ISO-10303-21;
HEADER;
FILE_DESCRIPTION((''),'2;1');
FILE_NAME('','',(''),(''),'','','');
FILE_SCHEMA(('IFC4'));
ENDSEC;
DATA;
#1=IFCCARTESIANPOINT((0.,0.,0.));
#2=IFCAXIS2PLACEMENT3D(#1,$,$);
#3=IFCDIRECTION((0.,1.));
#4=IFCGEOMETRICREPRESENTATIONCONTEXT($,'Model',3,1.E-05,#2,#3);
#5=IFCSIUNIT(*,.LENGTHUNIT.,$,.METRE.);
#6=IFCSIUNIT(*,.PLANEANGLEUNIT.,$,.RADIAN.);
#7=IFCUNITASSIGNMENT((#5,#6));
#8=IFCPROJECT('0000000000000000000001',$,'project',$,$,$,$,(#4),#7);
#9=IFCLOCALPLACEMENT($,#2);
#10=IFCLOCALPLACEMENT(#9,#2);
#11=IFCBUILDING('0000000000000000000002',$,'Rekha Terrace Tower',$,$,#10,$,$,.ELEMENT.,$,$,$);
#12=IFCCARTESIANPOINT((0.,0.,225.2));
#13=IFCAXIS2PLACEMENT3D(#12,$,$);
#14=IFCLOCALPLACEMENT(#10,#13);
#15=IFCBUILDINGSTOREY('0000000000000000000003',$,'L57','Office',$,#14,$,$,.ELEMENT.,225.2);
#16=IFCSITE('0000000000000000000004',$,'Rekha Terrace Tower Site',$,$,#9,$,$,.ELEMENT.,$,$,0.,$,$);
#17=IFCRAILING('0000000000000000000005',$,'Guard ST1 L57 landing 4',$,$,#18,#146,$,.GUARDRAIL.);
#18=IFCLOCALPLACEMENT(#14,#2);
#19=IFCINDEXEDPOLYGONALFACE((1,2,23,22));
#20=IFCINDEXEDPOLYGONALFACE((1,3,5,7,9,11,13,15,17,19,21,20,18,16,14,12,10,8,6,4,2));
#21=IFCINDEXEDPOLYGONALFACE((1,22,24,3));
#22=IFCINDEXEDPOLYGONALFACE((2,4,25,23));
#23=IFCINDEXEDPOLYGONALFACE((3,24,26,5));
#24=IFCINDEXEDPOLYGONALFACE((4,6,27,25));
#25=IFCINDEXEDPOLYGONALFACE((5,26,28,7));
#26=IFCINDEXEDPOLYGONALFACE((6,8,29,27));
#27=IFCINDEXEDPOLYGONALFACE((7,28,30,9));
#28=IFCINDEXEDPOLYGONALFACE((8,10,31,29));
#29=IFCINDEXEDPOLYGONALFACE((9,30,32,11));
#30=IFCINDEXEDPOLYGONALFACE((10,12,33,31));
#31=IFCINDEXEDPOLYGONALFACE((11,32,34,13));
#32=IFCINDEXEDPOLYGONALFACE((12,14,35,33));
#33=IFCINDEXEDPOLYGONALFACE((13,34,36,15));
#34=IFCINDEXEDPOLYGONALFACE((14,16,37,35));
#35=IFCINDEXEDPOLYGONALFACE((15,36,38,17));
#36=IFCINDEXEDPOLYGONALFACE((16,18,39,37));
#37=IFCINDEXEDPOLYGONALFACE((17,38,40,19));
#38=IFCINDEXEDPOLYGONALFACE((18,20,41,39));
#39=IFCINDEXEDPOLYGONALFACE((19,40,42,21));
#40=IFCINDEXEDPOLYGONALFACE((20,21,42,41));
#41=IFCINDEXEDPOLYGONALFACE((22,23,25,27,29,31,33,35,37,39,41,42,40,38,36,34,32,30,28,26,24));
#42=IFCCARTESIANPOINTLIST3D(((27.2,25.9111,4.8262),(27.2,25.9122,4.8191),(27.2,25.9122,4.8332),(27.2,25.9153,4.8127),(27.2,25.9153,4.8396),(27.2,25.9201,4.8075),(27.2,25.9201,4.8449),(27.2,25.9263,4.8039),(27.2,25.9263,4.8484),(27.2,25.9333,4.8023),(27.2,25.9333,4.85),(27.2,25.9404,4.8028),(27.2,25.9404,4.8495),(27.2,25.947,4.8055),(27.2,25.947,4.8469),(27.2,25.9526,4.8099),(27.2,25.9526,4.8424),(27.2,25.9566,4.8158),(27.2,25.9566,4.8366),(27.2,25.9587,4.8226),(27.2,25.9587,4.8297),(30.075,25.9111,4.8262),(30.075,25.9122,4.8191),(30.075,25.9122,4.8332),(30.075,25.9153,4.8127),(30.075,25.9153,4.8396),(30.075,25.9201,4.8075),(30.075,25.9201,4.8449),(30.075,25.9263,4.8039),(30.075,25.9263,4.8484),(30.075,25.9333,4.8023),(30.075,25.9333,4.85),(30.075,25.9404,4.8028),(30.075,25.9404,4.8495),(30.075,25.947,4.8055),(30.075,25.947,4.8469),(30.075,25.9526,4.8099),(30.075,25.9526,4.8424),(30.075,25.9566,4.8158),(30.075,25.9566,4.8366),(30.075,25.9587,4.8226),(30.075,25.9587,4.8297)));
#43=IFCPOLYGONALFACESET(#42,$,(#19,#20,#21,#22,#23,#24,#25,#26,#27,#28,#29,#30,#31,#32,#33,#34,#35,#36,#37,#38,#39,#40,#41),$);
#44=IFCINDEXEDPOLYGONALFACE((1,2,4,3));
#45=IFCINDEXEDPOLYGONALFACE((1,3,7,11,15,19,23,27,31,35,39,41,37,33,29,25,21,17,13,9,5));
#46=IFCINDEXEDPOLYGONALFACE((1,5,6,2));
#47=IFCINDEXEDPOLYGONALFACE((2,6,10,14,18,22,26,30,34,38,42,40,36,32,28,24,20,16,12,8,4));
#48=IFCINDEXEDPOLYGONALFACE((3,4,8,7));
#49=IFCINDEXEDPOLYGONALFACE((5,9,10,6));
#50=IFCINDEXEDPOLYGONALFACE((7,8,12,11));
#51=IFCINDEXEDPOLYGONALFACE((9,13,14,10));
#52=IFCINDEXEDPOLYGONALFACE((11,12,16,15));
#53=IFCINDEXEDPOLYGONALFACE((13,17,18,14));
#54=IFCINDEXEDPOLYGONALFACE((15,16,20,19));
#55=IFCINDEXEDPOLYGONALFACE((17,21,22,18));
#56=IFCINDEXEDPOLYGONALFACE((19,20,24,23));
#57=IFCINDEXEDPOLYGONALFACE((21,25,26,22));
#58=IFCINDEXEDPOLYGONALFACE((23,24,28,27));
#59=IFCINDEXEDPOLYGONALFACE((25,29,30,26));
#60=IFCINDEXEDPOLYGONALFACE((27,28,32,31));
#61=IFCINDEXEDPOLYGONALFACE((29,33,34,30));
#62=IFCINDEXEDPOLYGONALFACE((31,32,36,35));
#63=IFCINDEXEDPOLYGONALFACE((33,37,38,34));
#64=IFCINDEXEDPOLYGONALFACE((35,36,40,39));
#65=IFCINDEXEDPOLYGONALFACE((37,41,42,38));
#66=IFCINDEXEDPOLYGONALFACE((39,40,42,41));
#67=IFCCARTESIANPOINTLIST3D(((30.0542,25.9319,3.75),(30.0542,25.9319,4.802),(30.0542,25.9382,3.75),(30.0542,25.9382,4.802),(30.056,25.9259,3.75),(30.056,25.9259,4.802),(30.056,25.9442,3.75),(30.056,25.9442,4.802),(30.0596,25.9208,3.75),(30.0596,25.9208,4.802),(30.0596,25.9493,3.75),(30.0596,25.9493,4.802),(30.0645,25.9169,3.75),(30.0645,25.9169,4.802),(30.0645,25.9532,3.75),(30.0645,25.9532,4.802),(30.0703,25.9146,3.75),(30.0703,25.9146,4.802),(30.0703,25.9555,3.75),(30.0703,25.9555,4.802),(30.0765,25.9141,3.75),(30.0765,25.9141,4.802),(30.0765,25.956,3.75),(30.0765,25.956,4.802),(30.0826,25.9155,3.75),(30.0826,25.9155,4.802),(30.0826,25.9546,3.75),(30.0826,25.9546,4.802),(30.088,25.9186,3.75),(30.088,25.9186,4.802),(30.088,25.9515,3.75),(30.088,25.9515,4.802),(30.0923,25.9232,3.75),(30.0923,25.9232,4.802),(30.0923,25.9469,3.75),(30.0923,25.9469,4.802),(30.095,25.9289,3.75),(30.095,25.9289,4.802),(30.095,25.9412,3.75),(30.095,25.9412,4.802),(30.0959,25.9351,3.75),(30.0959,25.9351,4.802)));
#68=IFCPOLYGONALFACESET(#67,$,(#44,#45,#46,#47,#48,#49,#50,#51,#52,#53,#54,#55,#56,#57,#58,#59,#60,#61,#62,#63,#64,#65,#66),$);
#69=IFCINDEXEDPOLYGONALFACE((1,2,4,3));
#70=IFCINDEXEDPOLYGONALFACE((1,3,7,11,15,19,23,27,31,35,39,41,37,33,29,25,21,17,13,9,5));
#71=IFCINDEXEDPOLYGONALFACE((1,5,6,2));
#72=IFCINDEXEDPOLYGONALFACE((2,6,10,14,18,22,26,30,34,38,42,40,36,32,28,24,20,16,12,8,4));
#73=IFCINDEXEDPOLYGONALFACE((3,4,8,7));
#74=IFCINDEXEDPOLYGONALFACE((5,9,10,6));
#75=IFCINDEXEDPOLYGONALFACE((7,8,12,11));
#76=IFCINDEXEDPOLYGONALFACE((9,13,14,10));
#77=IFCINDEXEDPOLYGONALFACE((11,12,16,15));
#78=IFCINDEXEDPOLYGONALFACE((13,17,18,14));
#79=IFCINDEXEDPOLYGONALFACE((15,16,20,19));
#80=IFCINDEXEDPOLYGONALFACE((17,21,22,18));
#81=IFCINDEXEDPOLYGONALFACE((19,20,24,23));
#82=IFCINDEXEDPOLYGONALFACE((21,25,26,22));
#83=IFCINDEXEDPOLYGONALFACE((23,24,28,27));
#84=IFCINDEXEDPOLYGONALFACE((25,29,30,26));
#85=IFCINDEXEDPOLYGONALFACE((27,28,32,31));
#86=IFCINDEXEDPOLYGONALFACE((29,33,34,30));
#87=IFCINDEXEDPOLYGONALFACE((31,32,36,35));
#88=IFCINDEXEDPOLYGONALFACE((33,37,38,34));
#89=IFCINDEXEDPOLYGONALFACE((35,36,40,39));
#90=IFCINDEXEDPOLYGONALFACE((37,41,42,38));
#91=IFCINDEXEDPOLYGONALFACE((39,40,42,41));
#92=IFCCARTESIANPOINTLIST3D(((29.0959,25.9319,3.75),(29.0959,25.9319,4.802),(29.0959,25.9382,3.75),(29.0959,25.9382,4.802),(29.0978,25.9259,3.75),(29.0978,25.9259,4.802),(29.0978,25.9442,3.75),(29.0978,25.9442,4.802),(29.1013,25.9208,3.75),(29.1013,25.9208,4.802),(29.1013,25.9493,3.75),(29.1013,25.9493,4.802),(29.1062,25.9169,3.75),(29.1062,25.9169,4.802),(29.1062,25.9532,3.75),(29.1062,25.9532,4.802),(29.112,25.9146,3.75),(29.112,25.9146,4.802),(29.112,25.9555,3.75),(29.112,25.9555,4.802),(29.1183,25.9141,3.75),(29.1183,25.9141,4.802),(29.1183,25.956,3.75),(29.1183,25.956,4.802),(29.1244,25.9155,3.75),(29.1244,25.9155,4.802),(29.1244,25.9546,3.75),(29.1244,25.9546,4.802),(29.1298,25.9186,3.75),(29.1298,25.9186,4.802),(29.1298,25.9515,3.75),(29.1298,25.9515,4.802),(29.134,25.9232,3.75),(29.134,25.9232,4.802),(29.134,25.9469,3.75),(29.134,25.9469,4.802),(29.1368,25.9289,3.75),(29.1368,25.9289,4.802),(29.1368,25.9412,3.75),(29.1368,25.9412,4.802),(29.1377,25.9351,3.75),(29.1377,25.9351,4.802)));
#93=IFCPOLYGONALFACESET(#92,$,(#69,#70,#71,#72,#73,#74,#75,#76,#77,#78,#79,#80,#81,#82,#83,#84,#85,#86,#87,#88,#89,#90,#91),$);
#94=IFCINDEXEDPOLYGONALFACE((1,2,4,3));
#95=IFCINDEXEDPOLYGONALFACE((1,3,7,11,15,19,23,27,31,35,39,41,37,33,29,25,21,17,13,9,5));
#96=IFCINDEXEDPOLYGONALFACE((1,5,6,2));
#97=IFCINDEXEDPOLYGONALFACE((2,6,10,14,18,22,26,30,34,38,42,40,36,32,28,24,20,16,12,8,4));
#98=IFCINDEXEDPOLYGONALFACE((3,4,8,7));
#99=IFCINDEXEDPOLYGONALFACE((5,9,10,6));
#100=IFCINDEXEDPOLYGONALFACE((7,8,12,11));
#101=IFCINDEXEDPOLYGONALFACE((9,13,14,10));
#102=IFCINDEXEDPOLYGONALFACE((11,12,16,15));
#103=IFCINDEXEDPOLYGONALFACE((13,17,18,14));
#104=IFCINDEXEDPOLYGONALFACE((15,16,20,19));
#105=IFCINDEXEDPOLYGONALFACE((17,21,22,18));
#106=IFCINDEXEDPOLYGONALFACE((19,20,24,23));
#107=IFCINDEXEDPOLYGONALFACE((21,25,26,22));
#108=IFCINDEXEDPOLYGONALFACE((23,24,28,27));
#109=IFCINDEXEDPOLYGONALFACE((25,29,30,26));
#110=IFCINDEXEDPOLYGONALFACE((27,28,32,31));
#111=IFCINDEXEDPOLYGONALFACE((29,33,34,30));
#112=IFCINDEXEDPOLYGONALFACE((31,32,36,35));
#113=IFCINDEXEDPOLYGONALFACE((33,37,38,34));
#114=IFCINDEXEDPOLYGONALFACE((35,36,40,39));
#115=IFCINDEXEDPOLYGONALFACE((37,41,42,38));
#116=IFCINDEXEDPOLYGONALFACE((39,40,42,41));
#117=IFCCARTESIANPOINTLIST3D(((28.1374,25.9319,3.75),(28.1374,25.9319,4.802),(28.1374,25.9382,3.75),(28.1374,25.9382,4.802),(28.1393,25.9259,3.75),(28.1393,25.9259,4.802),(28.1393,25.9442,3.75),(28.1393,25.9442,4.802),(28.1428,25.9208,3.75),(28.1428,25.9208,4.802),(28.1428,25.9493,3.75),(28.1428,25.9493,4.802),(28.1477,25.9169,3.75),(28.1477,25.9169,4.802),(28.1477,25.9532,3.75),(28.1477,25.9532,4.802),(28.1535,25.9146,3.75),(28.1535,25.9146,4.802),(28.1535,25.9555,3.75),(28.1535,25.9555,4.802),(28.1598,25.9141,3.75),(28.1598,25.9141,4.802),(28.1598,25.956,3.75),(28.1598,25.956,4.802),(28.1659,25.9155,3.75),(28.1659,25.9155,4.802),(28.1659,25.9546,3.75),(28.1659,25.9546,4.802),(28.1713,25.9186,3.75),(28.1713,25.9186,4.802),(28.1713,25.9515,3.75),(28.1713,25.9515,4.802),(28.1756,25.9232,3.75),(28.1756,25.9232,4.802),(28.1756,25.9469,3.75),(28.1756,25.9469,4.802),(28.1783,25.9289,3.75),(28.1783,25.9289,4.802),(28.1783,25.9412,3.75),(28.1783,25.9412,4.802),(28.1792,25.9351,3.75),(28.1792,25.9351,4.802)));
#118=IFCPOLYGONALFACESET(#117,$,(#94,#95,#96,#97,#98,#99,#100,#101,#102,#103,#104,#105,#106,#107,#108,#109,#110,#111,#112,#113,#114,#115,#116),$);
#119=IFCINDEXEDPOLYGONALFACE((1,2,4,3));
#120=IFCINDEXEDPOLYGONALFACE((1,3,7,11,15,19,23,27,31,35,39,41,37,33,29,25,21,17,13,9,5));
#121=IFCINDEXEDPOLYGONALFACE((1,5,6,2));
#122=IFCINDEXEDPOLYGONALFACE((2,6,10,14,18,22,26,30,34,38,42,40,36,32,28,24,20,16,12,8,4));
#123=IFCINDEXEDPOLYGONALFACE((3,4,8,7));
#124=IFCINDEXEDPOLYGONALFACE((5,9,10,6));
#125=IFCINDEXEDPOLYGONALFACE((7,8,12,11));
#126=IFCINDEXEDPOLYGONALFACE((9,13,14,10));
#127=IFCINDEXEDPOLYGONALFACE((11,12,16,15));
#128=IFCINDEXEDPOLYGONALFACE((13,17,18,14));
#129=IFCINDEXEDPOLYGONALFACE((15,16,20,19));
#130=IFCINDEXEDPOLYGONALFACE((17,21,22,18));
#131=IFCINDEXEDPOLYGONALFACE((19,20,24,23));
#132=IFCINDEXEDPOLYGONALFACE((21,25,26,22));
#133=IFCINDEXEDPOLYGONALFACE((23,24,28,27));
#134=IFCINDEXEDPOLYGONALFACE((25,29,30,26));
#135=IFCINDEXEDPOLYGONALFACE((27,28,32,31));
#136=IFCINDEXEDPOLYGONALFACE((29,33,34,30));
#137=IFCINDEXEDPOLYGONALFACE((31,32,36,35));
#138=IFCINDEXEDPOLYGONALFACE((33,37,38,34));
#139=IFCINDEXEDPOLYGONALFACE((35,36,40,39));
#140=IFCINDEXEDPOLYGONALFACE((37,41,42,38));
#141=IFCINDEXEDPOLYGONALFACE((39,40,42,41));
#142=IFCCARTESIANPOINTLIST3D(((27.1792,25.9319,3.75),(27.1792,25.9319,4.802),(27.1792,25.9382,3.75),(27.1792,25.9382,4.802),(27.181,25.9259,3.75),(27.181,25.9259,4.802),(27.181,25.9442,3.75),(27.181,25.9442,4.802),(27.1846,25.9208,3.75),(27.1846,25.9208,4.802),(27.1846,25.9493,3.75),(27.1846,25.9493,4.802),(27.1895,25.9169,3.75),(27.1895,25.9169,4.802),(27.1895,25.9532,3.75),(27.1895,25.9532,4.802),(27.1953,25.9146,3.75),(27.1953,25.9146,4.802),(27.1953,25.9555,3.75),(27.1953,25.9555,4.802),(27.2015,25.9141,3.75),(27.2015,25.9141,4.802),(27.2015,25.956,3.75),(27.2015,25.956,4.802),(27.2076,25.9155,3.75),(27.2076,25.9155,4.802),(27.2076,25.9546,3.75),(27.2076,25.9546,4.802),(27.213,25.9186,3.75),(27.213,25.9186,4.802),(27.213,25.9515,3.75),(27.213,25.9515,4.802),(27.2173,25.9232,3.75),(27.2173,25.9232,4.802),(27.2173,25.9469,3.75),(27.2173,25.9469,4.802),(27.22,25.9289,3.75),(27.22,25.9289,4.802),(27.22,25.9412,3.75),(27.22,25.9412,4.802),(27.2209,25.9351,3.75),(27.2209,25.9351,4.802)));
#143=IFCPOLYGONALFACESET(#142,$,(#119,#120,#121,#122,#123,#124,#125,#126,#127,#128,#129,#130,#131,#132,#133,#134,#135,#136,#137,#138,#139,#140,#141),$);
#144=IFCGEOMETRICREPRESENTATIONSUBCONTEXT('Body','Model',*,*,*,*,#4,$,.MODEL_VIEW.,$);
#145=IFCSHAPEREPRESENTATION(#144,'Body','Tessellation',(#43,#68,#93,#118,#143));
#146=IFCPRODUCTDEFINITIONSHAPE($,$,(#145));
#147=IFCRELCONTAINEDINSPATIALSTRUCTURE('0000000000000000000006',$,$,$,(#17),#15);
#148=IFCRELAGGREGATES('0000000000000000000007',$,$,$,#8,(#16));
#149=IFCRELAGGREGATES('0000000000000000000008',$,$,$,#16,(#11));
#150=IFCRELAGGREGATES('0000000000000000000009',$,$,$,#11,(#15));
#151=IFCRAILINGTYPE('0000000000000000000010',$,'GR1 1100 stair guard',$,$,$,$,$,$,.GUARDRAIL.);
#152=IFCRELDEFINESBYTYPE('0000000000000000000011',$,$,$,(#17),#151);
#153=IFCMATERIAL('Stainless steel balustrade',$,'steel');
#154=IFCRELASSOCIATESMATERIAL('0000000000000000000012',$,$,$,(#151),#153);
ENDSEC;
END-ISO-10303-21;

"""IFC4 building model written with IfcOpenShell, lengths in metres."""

from ifc_helpers import new_model, si_unit, direction, frame, origin, origin_2d, place, context, subcontext, project, spatial, circle, extrude, material, type_object, element, save


model = new_model("IFC4")

# Units and contexts
model_context = context("Model", 3, precision=1e-05, world=origin(), true_north=direction((0.0, 1.0)))
body_context = subcontext(model_context, "Body", "Model", "MODEL_VIEW")
ifc_project = project(units=[si_unit("LENGTHUNIT", "METRE"), si_unit("PLANEANGLEUNIT", "RADIAN")], contexts=[model_context])

# Site, building, storey
site_placement = place(None, origin())
site = spatial("IfcSite", under=ifc_project, at=site_placement, Name="Rekha Terrace Tower Site", CompositionType="ELEMENT", RefElevation=0.0)
building_placement = place(site_placement, origin())
building = spatial("IfcBuilding", under=site, at=building_placement, Name="Rekha Terrace Tower", CompositionType="ELEMENT")
storey_placement = place(building_placement, frame((0.0, 0.0, 225.2)))
storey = spatial("IfcBuildingStorey", under=building, at=storey_placement, Name="L57", Description="Office", CompositionType="ELEMENT", Elevation=225.2)

# Railing
ifc_material_1 = material(Name="Stainless steel balustrade", Category="steel")
railing_type_1 = type_object("IfcRailingType", Name="GR1 1100 stair guard", PredefinedType="GUARDRAIL", material=ifc_material_1)
railing_1_placement = place(storey_placement, frame((30.075, 25.9351, 3.75)))
element("IfcRailing", 1, at=railing_1_placement, inside=storey, type_object=railing_type_1, Name="Guard ST1 L57 landing 4", PredefinedType="GUARDRAIL", context=body_context, shape_type="SweptSolid", body=[
    extrude(circle(Radius=0.0239, at=origin_2d()), frame((0.0, 0.0, 1.0762), z_axis=(-1.0, 0.0, 0.0), x_axis=(0.0, -1.0, 0.0)), (0.0, 0.0, 1.0), 2.875),
    extrude(circle(Radius=0.021, at=origin_2d()), origin(), (0.0, 0.0, 1.0), 1.052),
    extrude(circle(Radius=0.021, at=origin_2d()), frame((-0.9583, 0.0, 0.0)), (0.0, 0.0, 1.0), 1.052),
    extrude(circle(Radius=0.021, at=origin_2d()), frame((-1.9167, 0.0, 0.0)), (0.0, 0.0, 1.0), 1.052),
    extrude(circle(Radius=0.021, at=origin_2d()), frame((-2.875, 0.0, 0.0)), (0.0, 0.0, 1.0), 1.052),
])

save(model, "model.ifc")
